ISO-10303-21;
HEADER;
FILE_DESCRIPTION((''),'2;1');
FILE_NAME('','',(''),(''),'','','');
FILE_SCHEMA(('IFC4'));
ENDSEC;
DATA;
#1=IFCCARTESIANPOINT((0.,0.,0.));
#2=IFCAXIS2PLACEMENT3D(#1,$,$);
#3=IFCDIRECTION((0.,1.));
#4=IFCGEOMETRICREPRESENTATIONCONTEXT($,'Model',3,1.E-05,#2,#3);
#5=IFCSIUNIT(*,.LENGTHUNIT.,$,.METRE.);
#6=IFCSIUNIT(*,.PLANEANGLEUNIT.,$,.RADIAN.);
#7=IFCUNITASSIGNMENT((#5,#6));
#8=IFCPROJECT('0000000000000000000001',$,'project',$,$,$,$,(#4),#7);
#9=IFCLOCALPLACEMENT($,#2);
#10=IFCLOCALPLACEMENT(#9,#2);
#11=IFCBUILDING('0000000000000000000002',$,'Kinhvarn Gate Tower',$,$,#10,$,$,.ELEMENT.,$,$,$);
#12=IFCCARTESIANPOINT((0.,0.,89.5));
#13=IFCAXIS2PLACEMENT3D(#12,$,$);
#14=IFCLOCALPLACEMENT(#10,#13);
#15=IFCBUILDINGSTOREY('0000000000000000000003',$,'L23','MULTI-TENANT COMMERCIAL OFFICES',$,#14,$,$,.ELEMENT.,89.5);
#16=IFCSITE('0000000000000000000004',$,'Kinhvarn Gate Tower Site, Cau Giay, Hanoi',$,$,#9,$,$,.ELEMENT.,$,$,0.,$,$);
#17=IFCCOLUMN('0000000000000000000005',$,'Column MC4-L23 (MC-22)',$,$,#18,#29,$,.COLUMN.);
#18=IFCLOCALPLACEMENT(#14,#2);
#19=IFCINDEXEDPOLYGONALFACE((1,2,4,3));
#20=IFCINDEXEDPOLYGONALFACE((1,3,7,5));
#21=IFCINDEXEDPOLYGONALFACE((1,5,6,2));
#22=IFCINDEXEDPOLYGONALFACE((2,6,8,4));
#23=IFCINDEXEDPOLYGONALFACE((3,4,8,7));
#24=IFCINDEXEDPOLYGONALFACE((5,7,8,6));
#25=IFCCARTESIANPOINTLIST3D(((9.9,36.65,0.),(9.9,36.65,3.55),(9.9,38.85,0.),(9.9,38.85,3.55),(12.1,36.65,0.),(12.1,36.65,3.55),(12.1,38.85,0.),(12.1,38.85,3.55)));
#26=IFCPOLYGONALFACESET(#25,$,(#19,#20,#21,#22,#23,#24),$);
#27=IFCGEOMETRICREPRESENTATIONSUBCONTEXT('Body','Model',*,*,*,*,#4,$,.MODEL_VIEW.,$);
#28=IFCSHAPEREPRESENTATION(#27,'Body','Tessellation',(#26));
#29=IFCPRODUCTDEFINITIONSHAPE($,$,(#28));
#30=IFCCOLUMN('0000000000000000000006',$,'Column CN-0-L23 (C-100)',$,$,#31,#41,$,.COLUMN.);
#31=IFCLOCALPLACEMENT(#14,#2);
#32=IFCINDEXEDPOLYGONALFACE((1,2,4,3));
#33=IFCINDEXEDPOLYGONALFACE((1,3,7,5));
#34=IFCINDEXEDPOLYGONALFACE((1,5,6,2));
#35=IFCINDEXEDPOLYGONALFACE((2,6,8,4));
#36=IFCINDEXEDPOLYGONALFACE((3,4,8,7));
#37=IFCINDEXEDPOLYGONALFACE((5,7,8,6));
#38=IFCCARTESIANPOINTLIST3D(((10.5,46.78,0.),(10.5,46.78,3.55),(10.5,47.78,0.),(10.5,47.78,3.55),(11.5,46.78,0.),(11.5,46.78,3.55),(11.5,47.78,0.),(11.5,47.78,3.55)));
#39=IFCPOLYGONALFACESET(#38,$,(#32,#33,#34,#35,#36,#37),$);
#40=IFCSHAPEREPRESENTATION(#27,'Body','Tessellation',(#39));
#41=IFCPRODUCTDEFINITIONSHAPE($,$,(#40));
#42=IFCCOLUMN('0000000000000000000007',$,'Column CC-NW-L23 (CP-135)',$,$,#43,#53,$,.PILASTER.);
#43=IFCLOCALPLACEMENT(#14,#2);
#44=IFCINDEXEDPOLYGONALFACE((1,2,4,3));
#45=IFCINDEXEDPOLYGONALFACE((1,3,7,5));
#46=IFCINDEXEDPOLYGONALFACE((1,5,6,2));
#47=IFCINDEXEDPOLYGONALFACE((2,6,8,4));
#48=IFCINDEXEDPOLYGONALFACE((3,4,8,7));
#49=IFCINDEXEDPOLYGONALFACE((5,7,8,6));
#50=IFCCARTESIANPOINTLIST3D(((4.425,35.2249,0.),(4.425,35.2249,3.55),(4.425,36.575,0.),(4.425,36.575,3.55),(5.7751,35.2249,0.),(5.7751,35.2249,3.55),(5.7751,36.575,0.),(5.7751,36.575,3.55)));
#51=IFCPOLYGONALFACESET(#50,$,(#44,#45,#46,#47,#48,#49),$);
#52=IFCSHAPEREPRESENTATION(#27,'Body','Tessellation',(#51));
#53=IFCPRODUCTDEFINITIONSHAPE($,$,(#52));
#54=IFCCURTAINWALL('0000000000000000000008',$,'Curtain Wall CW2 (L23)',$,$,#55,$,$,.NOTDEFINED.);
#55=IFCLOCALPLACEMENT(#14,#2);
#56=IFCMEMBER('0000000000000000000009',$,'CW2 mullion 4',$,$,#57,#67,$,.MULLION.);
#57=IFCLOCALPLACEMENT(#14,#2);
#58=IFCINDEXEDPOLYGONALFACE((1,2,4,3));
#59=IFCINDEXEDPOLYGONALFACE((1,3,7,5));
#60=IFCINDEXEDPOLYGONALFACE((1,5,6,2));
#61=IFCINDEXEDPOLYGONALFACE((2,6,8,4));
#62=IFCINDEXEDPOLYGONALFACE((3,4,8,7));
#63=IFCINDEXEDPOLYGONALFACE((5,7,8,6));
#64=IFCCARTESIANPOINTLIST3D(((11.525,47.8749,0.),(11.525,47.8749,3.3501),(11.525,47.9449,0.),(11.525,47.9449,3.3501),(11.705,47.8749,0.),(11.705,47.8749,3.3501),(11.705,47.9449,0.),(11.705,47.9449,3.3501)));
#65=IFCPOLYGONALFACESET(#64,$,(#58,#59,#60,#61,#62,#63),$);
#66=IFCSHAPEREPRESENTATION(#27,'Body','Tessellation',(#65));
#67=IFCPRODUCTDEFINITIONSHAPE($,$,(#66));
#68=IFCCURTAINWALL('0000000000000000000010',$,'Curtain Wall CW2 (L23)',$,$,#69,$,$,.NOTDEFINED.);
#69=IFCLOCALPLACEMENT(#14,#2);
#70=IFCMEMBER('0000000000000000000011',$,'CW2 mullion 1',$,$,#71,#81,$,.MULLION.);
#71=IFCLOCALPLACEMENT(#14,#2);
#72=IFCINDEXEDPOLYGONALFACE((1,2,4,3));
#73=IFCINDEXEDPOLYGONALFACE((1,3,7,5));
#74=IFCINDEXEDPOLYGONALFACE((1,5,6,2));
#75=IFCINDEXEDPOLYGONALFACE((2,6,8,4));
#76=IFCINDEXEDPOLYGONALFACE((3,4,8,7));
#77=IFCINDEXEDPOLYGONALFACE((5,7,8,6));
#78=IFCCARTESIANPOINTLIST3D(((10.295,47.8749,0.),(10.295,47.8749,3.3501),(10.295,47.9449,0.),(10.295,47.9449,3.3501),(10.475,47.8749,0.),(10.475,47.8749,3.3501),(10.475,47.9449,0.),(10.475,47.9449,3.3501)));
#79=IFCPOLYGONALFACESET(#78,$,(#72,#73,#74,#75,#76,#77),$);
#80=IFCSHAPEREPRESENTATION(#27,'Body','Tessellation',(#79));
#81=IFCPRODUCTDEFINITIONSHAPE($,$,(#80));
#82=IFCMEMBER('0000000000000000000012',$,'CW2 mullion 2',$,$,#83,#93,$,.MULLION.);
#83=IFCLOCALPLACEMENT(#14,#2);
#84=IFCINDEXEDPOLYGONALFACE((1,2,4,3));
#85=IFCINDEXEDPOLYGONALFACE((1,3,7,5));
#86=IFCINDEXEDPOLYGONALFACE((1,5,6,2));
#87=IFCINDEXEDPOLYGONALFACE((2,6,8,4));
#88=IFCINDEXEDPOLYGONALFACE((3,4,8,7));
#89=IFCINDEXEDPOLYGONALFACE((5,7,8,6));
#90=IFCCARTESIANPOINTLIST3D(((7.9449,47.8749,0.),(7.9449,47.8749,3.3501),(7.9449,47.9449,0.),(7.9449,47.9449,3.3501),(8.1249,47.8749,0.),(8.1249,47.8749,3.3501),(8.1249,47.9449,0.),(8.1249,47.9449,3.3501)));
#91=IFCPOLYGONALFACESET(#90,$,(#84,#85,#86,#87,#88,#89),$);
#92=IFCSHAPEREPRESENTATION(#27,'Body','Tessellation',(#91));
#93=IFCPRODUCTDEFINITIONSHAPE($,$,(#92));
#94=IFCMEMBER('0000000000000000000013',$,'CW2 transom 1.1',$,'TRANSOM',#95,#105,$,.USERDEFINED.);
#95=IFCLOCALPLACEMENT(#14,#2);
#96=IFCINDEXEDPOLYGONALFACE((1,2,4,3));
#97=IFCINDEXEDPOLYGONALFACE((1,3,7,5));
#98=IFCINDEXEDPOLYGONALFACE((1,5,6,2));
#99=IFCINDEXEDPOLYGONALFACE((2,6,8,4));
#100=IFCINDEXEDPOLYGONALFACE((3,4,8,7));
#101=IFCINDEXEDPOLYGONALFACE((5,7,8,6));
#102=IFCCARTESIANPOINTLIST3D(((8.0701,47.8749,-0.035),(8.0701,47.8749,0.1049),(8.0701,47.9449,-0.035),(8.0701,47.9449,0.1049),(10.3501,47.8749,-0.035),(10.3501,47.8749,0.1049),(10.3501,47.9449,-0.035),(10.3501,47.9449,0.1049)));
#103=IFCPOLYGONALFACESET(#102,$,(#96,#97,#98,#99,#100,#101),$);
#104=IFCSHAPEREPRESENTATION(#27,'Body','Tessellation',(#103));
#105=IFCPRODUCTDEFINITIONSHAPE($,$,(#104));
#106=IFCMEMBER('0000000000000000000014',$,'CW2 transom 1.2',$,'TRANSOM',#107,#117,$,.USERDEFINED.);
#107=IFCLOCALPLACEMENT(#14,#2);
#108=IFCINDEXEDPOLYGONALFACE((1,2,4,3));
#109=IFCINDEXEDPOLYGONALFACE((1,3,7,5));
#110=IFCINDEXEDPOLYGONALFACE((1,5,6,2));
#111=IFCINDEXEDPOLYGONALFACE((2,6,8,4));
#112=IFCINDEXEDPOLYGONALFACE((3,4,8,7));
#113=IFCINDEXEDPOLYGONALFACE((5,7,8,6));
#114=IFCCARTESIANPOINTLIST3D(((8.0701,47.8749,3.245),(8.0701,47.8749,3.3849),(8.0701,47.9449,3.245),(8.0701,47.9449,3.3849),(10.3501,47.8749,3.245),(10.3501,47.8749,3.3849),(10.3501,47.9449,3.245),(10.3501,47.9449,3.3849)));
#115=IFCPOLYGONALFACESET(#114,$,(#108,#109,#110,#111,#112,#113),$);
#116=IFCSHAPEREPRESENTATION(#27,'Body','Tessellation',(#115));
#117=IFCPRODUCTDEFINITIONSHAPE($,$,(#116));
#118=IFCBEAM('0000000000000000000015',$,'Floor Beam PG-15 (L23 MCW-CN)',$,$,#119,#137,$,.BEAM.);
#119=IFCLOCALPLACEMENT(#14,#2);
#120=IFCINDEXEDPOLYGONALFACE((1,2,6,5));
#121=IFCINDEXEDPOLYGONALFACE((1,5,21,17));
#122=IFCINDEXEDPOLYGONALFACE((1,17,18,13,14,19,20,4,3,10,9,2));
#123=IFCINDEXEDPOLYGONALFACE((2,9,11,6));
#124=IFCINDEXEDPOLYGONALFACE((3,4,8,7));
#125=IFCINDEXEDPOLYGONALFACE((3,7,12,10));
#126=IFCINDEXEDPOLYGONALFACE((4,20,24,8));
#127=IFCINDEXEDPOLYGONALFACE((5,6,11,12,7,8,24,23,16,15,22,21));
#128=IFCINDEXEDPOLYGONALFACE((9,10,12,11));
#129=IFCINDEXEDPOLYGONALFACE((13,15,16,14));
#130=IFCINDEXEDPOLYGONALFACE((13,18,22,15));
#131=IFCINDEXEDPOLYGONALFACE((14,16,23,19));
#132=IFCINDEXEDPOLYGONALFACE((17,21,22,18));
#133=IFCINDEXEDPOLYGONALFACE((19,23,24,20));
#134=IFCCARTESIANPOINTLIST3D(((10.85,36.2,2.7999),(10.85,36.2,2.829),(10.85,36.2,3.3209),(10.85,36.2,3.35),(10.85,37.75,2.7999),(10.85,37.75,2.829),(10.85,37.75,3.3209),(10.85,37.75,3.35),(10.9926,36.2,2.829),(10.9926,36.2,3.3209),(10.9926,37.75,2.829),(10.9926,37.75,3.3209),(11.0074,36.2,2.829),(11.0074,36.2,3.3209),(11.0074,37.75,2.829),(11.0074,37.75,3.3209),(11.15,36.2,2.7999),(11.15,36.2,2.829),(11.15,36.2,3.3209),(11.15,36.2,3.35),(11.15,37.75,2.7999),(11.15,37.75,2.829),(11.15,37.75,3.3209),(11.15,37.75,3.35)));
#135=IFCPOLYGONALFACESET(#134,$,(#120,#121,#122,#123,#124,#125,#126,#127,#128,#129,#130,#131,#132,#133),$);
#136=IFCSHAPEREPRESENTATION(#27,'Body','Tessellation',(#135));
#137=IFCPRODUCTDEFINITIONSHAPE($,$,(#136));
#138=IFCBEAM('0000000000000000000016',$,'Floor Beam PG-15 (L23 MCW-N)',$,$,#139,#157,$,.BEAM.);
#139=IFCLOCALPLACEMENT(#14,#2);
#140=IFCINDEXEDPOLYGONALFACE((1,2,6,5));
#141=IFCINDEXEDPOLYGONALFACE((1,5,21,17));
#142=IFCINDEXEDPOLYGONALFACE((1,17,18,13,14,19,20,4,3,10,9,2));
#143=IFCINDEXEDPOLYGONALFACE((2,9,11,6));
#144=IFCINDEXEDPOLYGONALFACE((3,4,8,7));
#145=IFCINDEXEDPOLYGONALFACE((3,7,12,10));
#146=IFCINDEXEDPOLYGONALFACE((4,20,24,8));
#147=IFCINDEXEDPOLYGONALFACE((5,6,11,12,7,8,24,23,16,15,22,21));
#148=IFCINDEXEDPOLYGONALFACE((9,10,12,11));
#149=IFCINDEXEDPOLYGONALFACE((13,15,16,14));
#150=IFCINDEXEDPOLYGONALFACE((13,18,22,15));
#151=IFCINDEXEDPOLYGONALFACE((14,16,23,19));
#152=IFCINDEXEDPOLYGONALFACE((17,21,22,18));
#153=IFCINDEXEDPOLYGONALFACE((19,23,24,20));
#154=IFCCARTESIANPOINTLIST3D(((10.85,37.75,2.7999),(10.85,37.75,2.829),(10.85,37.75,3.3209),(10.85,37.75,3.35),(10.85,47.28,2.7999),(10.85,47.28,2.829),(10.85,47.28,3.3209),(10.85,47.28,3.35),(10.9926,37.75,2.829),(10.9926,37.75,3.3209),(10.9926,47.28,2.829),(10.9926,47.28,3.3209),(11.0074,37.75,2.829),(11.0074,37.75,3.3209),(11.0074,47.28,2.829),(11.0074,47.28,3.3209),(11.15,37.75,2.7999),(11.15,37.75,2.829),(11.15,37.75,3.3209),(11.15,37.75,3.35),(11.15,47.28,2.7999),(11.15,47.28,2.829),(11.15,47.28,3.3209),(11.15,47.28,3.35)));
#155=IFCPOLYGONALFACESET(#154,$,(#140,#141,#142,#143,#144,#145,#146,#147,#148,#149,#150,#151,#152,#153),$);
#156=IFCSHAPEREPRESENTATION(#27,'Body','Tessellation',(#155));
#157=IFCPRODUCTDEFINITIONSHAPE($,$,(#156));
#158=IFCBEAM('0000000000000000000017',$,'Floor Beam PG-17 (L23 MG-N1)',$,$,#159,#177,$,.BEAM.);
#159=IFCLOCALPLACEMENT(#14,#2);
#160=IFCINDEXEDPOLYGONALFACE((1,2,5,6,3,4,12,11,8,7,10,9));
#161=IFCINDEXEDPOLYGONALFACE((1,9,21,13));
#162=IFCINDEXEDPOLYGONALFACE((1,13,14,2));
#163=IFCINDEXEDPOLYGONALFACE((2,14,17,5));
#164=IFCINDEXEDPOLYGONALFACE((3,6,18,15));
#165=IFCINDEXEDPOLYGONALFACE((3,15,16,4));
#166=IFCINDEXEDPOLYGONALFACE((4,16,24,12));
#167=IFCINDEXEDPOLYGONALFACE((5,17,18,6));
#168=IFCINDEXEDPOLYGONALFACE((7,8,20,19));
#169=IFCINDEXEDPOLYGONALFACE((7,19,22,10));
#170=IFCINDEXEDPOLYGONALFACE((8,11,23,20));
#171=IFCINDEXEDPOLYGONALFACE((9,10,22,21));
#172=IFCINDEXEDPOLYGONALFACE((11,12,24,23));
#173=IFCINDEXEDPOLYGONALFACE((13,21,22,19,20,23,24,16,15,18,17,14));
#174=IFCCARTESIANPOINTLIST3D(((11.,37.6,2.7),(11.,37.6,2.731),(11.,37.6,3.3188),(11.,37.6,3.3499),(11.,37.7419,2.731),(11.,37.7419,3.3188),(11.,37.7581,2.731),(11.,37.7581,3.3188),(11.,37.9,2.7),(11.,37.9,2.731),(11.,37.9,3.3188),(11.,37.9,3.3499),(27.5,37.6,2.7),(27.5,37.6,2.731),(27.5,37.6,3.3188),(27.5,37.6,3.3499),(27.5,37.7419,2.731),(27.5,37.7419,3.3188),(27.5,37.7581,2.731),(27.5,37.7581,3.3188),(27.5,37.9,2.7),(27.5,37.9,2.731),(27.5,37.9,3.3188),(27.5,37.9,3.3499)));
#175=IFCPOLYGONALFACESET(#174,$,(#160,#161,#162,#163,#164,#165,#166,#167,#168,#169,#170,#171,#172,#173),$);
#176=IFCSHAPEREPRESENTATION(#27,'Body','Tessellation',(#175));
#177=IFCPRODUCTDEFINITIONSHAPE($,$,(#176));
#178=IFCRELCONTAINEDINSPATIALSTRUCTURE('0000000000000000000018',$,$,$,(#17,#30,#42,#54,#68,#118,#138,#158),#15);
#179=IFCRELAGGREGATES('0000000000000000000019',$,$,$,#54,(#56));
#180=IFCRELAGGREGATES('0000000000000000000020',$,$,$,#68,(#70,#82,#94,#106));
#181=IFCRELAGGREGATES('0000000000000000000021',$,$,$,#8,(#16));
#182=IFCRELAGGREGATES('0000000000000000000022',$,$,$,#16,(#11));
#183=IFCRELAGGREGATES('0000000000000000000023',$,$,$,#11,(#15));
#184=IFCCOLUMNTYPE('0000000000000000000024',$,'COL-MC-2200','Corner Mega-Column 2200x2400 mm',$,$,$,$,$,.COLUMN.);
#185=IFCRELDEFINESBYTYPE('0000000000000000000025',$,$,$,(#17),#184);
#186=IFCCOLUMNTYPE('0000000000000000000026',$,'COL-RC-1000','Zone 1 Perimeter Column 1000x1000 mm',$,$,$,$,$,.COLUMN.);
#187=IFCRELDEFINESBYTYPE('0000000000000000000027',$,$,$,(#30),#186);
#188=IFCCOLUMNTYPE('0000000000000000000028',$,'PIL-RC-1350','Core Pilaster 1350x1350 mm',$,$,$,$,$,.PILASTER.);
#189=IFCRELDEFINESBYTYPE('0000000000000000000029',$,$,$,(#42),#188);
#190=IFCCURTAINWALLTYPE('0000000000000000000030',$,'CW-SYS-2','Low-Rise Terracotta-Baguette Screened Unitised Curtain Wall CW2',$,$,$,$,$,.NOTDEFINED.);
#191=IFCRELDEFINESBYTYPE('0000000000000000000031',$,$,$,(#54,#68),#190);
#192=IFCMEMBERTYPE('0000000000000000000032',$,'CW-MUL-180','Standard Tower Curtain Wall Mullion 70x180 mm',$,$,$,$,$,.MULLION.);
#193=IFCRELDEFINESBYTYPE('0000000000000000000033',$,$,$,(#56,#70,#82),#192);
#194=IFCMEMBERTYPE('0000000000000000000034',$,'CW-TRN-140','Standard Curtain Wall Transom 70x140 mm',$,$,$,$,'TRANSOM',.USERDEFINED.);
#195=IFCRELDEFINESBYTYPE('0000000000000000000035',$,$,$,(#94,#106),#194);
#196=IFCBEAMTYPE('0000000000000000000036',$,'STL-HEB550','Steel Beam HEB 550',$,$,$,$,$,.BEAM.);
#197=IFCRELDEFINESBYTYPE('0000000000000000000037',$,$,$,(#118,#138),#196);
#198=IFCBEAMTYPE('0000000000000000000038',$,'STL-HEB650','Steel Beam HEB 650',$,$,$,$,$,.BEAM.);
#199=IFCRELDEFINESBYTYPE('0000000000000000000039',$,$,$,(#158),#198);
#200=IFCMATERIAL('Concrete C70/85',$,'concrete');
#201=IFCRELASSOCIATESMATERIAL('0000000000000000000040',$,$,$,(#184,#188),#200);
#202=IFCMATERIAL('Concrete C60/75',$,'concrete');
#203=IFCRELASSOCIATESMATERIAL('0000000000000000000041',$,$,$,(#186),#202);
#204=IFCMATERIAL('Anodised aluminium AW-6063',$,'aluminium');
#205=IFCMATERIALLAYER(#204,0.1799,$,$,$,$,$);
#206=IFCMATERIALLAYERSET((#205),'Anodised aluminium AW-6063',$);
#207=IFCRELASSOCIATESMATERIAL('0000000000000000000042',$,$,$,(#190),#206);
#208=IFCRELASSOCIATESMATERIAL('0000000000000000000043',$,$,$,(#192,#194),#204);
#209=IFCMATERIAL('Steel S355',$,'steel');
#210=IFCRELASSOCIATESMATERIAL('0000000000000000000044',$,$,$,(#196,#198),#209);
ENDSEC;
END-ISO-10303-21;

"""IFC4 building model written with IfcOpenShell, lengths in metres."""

from ifc_helpers import new_model, si_unit, direction, frame, origin, origin_2d, place, context, subcontext, project, spatial, rectangle, i_section, extrude, material, layer, layer_set, material_profile, profile_set, type_object, element, aggregate, save


model = new_model("IFC4")

# Units and contexts
model_context = context("Model", 3, precision=1e-05, world=origin(), true_north=direction((0.0, 1.0)))
body_context = subcontext(model_context, "Body", "Model", "MODEL_VIEW")
ifc_project = project(units=[si_unit("LENGTHUNIT", "METRE"), si_unit("PLANEANGLEUNIT", "RADIAN")], contexts=[model_context])

# Site, building, storey
site_placement = place(None, origin())
site = spatial("IfcSite", under=ifc_project, at=site_placement, Name="Kinhvarn Gate Tower Site, Cau Giay, Hanoi", CompositionType="ELEMENT", RefElevation=0.0)
building_placement = place(site_placement, origin())
building = spatial("IfcBuilding", under=site, at=building_placement, Name="Kinhvarn Gate Tower", CompositionType="ELEMENT")
storey_placement = place(building_placement, frame((0.0, 0.0, 89.5)))
storey = spatial("IfcBuildingStorey", under=building, at=storey_placement, Name="L23", Description="MULTI-TENANT COMMERCIAL OFFICES", CompositionType="ELEMENT", Elevation=89.5)

# Columns
ifc_material_1 = material(Name="Concrete C70/85", Category="concrete")
ifc_material_profile_1 = material_profile(ifc_material_1, rectangle(XDim=2.2, YDim=2.2, at=origin_2d()), Name="RC 2200x2200")
ifc_profile_set_1 = profile_set([ifc_material_profile_1], Name="Concrete C70/85")
column_type_1 = type_object("IfcColumnType", Name="COL-MC-2200", Description="Corner Mega-Column 2200x2400 mm", PredefinedType="COLUMN", material=ifc_profile_set_1)
column_1_placement = place(storey_placement, frame((11.0, 37.75, 0.0), z_axis=(0.0, 0.0, 1.0), x_axis=(1.0, 0.0, 0.0)))
element("IfcColumn", 1, at=column_1_placement, inside=storey, type_object=column_type_1, Name="Column MC4-L23 (MC-22)", PredefinedType="COLUMN", context=body_context, shape_type="SweptSolid", body=[
    extrude(rectangle(XDim=2.2, YDim=2.2, at=origin_2d()), origin(), (0.0, 0.0, 1.0), 3.55),
])
ifc_material_2 = material(Name="Concrete C60/75", Category="concrete")
ifc_material_profile_2 = material_profile(ifc_material_2, rectangle(XDim=1.0, YDim=1.0, at=origin_2d()), Name="RC 1000x1000")
ifc_profile_set_2 = profile_set([ifc_material_profile_2], Name="Concrete C60/75")
column_type_2 = type_object("IfcColumnType", Name="COL-RC-1000", Description="Zone 1 Perimeter Column 1000x1000 mm", PredefinedType="COLUMN", material=ifc_profile_set_2)
column_2_placement = place(storey_placement, frame((11.0, 47.28, 0.0), z_axis=(0.0, 0.0, 1.0), x_axis=(1.0, 0.0, 0.0)))
element("IfcColumn", 2, at=column_2_placement, inside=storey, type_object=column_type_2, Name="Column CN-0-L23 (C-100)", PredefinedType="COLUMN", context=body_context, shape_type="SweptSolid", body=[
    extrude(rectangle(XDim=1.0, YDim=1.0, at=origin_2d()), origin(), (0.0, 0.0, 1.0), 3.55),
])
ifc_material_profile_3 = material_profile(ifc_material_1, rectangle(XDim=1.3501, YDim=1.3501, at=origin_2d()), Name="RC 1350x1350")
ifc_profile_set_3 = profile_set([ifc_material_profile_3], Name="Concrete C70/85")
column_type_3 = type_object("IfcColumnType", Name="PIL-RC-1350", Description="Core Pilaster 1350x1350 mm", PredefinedType="PILASTER", material=ifc_profile_set_3)
column_3_placement = place(storey_placement, frame((5.1001, 35.8999, 0.0), z_axis=(0.0, 0.0, 1.0), x_axis=(1.0, 0.0, 0.0)))
element("IfcColumn", 3, at=column_3_placement, inside=storey, type_object=column_type_3, Name="Column CC-NW-L23 (CP-135)", PredefinedType="PILASTER", context=body_context, shape_type="SweptSolid", body=[
    extrude(rectangle(XDim=1.3501, YDim=1.3501, at=origin_2d()), origin(), (0.0, 0.0, 1.0), 3.55),
])

# Curtain wall, member
ifc_material_3 = material(Name="Anodised aluminium AW-6063", Category="aluminium")
ifc_layer_1 = layer(ifc_material_3, 0.1799)
ifc_layer_set_1 = layer_set([ifc_layer_1], Name="Anodised aluminium AW-6063")
curtain_wall_type = type_object("IfcCurtainWallType", Name="CW-SYS-2", Description="Low-Rise Terracotta-Baguette Screened Unitised Curtain Wall CW2", PredefinedType="NOTDEFINED", material=ifc_layer_set_1)
curtain_wall_1_placement = place(storey_placement, origin())
curtain_wall_1 = element("IfcCurtainWall", 4, at=curtain_wall_1_placement, inside=storey, type_object=curtain_wall_type, Name="Curtain Wall CW2 (L23)", PredefinedType="NOTDEFINED")
ifc_material_profile_4 = material_profile(ifc_material_3, rectangle(XDim=0.0701, YDim=0.1799, at=origin_2d()), Name="ALU 70x180")
ifc_profile_set_4 = profile_set([ifc_material_profile_4], Name="Anodised aluminium AW-6063")
member_type_1 = type_object("IfcMemberType", Name="CW-MUL-180", Description="Standard Tower Curtain Wall Mullion 70x180 mm", PredefinedType="MULLION", material=ifc_profile_set_4)
member_1_placement = place(storey_placement, frame((11.615, 47.9099, 0.0), z_axis=(0.0, 0.0, 1.0), x_axis=(0.0, -1.0, 0.0)))
member_1 = element("IfcMember", 5, at=member_1_placement, type_object=member_type_1, Name="CW2 mullion 4", PredefinedType="MULLION", context=body_context, shape_type="SweptSolid", body=[
    extrude(rectangle(XDim=0.0701, YDim=0.1799, at=origin_2d()), origin(), (0.0, 0.0, 1.0), 3.3501),
])
aggregate(curtain_wall_1, [member_1])

# Curtain wall, members
curtain_wall_2_placement = place(storey_placement, origin())
curtain_wall_2 = element("IfcCurtainWall", 6, at=curtain_wall_2_placement, inside=storey, type_object=curtain_wall_type, Name="Curtain Wall CW2 (L23)", PredefinedType="NOTDEFINED")
member_2_placement = place(storey_placement, frame((10.385, 47.9099, 0.0), z_axis=(0.0, 0.0, 1.0), x_axis=(0.0, -1.0, 0.0)))
member_2 = element("IfcMember", 7, at=member_2_placement, type_object=member_type_1, Name="CW2 mullion 1", PredefinedType="MULLION", context=body_context, shape_type="SweptSolid", body=[
    extrude(rectangle(XDim=0.0701, YDim=0.1799, at=origin_2d()), origin(), (0.0, 0.0, 1.0), 3.3501),
])
member_3_placement = place(storey_placement, frame((8.0349, 47.9099, 0.0), z_axis=(0.0, 0.0, 1.0), x_axis=(0.0, -1.0, 0.0)))
member_3 = element("IfcMember", 8, at=member_3_placement, type_object=member_type_1, Name="CW2 mullion 2", PredefinedType="MULLION", context=body_context, shape_type="SweptSolid", body=[
    extrude(rectangle(XDim=0.0701, YDim=0.1799, at=origin_2d()), origin(), (0.0, 0.0, 1.0), 3.3501),
])
ifc_material_profile_5 = material_profile(ifc_material_3, rectangle(XDim=0.0701, YDim=0.1399, at=origin_2d()), Name="ALU 70x140")
ifc_profile_set_5 = profile_set([ifc_material_profile_5], Name="Anodised aluminium AW-6063")
member_type_2 = type_object("IfcMemberType", Name="CW-TRN-140", Description="Standard Curtain Wall Transom 70x140 mm", ElementType="TRANSOM", PredefinedType="USERDEFINED", material=ifc_profile_set_5)
member_4_placement = place(storey_placement, frame((10.3501, 47.9099, 0.0349), z_axis=(-1.0, 0.0, 0.0), x_axis=(0.0, -1.0, 0.0)))
member_4 = element("IfcMember", 9, at=member_4_placement, type_object=member_type_2, Name="CW2 transom 1.1", ObjectType="TRANSOM", PredefinedType="USERDEFINED", context=body_context, shape_type="SweptSolid", body=[
    extrude(rectangle(XDim=0.0701, YDim=0.1399, at=origin_2d()), origin(), (0.0, 0.0, 1.0), 2.28),
])
member_5_placement = place(storey_placement, frame((10.3501, 47.9099, 3.3149), z_axis=(-1.0, 0.0, 0.0), x_axis=(0.0, -1.0, 0.0)))
member_5 = element("IfcMember", 10, at=member_5_placement, type_object=member_type_2, Name="CW2 transom 1.2", ObjectType="TRANSOM", PredefinedType="USERDEFINED", context=body_context, shape_type="SweptSolid", body=[
    extrude(rectangle(XDim=0.0701, YDim=0.1399, at=origin_2d()), origin(), (0.0, 0.0, 1.0), 2.28),
])

# Beams
ifc_material_4 = material(Name="Steel S355", Category="steel")
ifc_material_profile_6 = material_profile(ifc_material_4, i_section(OverallWidth=0.3, OverallDepth=0.55, WebThickness=0.0149, FlangeThickness=0.0291, at=origin_2d()), Name="HEB 550")
ifc_profile_set_6 = profile_set([ifc_material_profile_6], Name="Steel S355")
beam_type_1 = type_object("IfcBeamType", Name="STL-HEB550", Description="Steel Beam HEB 550", PredefinedType="BEAM", material=ifc_profile_set_6)
beam_1_placement = place(storey_placement, frame((11.0, 36.2, 3.075), z_axis=(0.0, 1.0, 0.0), x_axis=(-1.0, 0.0, 0.0)))
element("IfcBeam", 11, at=beam_1_placement, inside=storey, type_object=beam_type_1, Name="Floor Beam PG-15 (L23 MCW-CN)", PredefinedType="BEAM", context=body_context, shape_type="SweptSolid", body=[
    extrude(i_section(OverallWidth=0.3, OverallDepth=0.55, WebThickness=0.0149, FlangeThickness=0.0291, at=origin_2d()), origin(), (0.0, 0.0, 1.0), 1.55),
])
beam_2_placement = place(storey_placement, frame((11.0, 37.75, 3.075), z_axis=(0.0, 1.0, 0.0), x_axis=(-1.0, 0.0, 0.0)))
element("IfcBeam", 12, at=beam_2_placement, inside=storey, type_object=beam_type_1, Name="Floor Beam PG-15 (L23 MCW-N)", PredefinedType="BEAM", context=body_context, shape_type="SweptSolid", body=[
    extrude(i_section(OverallWidth=0.3, OverallDepth=0.55, WebThickness=0.0149, FlangeThickness=0.0291, at=origin_2d()), origin(), (0.0, 0.0, 1.0), 9.53),
])
ifc_material_profile_7 = material_profile(ifc_material_4, i_section(OverallWidth=0.3, OverallDepth=0.6499, WebThickness=0.0161, FlangeThickness=0.031, at=origin_2d()), Name="HEB 650")
ifc_profile_set_7 = profile_set([ifc_material_profile_7], Name="Steel S355")
beam_type_2 = type_object("IfcBeamType", Name="STL-HEB650", Description="Steel Beam HEB 650", PredefinedType="BEAM", material=ifc_profile_set_7)
beam_3_placement = place(storey_placement, frame((11.0, 37.75, 3.0249), z_axis=(1.0, 0.0, 0.0), x_axis=(0.0, 1.0, 0.0)))
element("IfcBeam", 13, at=beam_3_placement, inside=storey, type_object=beam_type_2, Name="Floor Beam PG-17 (L23 MG-N1)", PredefinedType="BEAM", context=body_context, shape_type="SweptSolid", body=[
    extrude(i_section(OverallWidth=0.3, OverallDepth=0.6499, WebThickness=0.0161, FlangeThickness=0.031, at=origin_2d()), origin(), (0.0, 0.0, 1.0), 16.5),
])

aggregate(curtain_wall_2, [member_2, member_3, member_4, member_5])

save(model, "model.ifc")
